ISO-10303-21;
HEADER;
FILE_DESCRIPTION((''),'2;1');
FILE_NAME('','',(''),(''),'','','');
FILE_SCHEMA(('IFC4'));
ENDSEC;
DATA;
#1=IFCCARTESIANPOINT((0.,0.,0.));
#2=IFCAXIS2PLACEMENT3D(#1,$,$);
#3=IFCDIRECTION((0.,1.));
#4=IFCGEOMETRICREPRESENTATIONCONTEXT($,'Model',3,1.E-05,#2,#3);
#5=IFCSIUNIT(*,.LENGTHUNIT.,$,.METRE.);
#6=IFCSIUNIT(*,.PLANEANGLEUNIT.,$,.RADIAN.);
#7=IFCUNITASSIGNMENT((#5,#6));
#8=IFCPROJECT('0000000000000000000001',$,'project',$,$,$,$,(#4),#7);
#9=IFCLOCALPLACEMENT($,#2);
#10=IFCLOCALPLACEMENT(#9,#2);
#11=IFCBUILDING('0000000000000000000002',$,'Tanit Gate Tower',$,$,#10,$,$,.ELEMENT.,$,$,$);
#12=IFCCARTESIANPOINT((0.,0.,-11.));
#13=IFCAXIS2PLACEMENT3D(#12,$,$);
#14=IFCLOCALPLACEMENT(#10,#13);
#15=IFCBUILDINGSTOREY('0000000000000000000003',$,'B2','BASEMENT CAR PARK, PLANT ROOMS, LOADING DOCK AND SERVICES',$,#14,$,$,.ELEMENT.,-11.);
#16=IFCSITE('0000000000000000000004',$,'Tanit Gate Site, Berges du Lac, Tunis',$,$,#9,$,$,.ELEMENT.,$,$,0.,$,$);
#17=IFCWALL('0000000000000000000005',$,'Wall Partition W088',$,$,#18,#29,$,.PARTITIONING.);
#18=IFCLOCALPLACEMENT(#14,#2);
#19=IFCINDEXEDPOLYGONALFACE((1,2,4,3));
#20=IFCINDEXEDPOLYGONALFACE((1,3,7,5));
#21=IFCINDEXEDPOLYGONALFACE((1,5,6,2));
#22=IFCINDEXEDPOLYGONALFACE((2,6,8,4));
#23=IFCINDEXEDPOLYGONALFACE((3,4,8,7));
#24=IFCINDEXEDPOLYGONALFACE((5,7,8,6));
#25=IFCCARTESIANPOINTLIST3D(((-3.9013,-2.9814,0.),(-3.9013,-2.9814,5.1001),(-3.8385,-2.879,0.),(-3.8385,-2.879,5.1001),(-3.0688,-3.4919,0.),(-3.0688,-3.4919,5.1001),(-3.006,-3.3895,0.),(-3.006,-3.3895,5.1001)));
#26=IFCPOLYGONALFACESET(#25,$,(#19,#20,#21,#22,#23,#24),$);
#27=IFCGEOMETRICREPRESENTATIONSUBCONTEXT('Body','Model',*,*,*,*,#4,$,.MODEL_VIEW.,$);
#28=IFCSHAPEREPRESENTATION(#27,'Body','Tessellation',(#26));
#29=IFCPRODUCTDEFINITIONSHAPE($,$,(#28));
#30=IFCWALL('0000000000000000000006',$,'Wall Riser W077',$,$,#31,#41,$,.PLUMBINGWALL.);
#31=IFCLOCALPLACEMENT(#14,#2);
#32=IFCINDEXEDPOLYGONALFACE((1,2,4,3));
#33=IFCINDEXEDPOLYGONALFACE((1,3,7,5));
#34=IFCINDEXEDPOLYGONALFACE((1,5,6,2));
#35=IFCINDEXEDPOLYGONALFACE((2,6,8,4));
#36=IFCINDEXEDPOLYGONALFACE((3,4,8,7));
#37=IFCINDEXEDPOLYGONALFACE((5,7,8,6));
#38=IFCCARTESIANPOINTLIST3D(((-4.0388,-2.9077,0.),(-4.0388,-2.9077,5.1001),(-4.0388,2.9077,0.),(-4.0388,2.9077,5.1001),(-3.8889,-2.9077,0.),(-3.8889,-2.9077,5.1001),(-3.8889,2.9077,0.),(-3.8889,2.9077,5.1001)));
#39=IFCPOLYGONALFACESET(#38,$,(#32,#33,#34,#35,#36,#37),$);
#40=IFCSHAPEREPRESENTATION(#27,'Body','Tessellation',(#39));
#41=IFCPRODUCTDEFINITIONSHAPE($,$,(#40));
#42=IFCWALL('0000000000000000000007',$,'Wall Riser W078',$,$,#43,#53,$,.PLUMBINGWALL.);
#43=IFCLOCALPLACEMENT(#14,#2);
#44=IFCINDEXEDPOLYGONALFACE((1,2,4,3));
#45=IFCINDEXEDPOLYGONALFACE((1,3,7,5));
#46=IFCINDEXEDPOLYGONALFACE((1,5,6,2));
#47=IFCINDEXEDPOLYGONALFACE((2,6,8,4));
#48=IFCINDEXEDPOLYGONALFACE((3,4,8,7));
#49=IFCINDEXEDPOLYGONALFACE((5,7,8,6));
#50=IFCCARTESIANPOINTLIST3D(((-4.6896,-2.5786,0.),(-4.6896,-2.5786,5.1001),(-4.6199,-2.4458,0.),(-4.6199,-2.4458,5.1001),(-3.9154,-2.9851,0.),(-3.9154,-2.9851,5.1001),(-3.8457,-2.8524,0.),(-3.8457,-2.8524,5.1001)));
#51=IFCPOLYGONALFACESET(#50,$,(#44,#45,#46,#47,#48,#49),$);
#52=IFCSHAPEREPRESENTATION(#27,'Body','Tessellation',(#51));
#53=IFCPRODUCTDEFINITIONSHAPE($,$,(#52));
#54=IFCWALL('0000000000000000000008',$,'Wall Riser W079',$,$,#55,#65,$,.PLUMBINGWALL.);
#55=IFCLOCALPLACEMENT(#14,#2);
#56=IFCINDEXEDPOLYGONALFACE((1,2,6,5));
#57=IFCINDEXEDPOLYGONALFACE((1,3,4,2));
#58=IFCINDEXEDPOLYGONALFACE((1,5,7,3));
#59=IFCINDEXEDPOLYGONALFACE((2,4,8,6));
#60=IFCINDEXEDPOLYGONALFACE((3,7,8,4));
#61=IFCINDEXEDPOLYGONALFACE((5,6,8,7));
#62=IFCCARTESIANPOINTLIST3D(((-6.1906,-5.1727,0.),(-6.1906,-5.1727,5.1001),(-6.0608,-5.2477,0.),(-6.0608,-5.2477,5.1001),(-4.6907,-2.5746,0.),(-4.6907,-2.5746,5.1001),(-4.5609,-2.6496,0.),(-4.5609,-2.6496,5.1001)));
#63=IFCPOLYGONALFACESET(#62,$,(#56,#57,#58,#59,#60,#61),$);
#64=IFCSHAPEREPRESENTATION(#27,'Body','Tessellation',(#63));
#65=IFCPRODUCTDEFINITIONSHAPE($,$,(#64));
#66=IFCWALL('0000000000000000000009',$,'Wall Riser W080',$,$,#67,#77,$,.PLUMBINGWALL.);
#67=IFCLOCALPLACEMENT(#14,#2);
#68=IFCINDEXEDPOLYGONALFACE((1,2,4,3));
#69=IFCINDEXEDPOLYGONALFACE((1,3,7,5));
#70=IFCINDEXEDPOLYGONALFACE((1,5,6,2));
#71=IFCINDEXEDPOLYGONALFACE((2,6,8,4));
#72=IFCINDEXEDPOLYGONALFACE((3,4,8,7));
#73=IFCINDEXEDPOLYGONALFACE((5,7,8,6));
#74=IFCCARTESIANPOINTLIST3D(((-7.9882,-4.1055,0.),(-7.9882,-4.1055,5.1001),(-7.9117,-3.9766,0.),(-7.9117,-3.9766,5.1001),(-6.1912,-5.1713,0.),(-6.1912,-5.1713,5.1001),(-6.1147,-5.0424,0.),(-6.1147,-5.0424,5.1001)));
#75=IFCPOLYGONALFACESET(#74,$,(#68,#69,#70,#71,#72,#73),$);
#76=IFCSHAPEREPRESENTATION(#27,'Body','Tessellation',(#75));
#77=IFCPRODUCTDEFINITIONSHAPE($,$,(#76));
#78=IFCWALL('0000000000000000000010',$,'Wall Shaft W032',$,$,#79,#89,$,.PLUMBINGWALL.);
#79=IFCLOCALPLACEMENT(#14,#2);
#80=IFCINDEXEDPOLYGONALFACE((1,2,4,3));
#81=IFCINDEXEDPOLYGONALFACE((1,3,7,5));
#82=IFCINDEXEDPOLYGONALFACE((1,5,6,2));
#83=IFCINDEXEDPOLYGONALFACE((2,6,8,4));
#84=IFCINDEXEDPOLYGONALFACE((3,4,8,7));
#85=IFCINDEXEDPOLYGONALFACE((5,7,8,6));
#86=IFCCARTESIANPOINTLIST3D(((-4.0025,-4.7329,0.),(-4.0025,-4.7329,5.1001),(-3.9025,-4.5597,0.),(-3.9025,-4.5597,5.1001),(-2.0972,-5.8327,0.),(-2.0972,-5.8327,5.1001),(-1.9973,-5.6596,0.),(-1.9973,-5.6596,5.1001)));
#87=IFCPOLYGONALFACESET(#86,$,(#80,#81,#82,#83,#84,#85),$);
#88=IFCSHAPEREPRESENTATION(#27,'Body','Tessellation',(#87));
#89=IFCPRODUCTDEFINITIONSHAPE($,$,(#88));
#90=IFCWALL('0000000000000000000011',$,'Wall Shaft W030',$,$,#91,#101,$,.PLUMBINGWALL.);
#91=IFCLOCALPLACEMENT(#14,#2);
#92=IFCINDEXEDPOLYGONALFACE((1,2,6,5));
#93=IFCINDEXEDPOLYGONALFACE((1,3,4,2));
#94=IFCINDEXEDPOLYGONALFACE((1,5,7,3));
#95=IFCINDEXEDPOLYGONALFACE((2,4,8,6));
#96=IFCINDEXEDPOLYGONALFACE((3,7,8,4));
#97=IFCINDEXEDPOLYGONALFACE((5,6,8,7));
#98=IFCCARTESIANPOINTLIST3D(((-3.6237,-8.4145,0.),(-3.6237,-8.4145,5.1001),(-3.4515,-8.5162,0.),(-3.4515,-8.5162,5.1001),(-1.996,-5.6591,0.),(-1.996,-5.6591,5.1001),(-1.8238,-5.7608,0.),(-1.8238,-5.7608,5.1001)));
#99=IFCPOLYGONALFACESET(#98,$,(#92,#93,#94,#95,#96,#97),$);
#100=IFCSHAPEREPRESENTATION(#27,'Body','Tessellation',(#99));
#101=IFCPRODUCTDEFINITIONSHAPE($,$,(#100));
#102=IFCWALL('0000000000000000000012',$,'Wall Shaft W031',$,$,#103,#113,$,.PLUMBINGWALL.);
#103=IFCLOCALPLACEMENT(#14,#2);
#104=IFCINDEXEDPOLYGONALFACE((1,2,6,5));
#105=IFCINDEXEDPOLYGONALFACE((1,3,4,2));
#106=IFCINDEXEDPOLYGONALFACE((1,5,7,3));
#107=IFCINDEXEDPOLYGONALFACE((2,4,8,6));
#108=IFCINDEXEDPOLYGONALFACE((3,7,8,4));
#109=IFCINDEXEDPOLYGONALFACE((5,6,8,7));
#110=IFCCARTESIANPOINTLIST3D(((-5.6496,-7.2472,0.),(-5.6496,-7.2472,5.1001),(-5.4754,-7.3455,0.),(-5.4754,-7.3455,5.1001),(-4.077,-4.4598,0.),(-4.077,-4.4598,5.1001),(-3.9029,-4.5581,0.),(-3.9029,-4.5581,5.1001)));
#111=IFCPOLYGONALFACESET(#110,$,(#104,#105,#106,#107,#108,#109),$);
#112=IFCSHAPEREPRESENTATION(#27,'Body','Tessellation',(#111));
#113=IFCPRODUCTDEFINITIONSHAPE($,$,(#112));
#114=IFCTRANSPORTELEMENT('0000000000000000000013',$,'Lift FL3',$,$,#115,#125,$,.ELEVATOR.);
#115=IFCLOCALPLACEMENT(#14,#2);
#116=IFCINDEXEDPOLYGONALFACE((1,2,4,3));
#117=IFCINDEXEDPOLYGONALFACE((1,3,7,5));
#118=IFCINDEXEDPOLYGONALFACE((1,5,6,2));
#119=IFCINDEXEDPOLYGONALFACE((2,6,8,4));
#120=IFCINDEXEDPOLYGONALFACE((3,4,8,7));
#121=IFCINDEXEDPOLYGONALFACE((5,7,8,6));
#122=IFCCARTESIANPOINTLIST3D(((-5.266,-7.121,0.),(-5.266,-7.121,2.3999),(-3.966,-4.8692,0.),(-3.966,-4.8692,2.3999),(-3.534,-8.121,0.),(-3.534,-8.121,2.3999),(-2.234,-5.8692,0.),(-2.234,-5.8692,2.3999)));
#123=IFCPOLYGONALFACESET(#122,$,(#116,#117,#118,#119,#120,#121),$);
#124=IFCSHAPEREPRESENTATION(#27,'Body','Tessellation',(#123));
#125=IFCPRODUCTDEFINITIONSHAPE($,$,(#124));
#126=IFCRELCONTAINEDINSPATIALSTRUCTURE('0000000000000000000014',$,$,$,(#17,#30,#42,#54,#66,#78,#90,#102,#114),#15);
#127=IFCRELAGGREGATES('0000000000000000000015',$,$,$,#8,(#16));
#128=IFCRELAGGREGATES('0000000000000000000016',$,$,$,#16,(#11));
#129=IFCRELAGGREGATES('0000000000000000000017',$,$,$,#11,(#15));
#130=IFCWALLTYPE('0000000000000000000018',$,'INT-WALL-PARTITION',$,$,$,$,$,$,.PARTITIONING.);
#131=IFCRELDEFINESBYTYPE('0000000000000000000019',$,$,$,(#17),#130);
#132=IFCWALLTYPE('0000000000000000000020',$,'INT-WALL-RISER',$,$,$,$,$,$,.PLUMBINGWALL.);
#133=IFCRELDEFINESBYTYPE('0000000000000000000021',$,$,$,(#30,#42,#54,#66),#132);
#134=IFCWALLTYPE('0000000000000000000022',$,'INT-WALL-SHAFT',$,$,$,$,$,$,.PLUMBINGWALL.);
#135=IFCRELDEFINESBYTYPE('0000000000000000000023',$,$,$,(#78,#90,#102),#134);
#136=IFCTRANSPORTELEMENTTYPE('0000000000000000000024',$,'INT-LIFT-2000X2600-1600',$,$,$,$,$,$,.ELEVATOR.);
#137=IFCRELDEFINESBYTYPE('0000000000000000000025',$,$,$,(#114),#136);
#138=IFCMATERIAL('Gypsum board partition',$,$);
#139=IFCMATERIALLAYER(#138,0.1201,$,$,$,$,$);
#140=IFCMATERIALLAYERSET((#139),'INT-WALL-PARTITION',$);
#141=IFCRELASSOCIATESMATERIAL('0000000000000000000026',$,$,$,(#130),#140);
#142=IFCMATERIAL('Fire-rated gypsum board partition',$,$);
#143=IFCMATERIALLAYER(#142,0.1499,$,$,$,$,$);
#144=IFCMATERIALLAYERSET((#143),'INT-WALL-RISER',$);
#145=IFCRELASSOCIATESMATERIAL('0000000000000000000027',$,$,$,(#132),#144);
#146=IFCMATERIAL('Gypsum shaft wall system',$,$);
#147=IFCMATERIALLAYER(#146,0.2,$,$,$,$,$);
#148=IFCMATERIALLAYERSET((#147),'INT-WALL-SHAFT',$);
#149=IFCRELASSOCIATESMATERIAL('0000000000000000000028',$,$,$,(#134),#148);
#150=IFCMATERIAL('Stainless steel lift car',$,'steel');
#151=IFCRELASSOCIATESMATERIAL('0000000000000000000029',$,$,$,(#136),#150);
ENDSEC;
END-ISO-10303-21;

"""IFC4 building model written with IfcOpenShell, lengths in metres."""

from ifc_helpers import new_model, si_unit, direction, frame, frame_2d, origin, origin_2d, place, context, subcontext, project, spatial, rectangle, extrude, material, layer, layer_set, type_object, element, save


model = new_model("IFC4")

# Units and contexts
model_context = context("Model", 3, precision=1e-05, world=origin(), true_north=direction((0.0, 1.0)))
body_context = subcontext(model_context, "Body", "Model", "MODEL_VIEW")
ifc_project = project(units=[si_unit("LENGTHUNIT", "METRE"), si_unit("PLANEANGLEUNIT", "RADIAN")], contexts=[model_context])

# Site, building, storey
site_placement = place(None, origin())
site = spatial("IfcSite", under=ifc_project, at=site_placement, Name="Tanit Gate Site, Berges du Lac, Tunis", CompositionType="ELEMENT", RefElevation=0.0)
building_placement = place(site_placement, origin())
building = spatial("IfcBuilding", under=site, at=building_placement, Name="Tanit Gate Tower", CompositionType="ELEMENT")
storey_placement = place(building_placement, frame((0.0, 0.0, -11.0)))
storey = spatial("IfcBuildingStorey", under=building, at=storey_placement, Name="B2", Description="BASEMENT CAR PARK, PLANT ROOMS, LOADING DOCK AND SERVICES", CompositionType="ELEMENT", Elevation=-11.0)

# Shared definitions
ifc_material_1 = material(Name="Gypsum board partition")
ifc_layer_1 = layer(ifc_material_1, 0.1201)
ifc_layer_set_1 = layer_set([ifc_layer_1], Name="INT-WALL-PARTITION")
wall_type_1 = type_object("IfcWallType", Name="INT-WALL-PARTITION", PredefinedType="PARTITIONING", material=ifc_layer_set_1)

# Walls
wall_1_placement = place(storey_placement, frame((-3.8699, -2.9302, 0.0), z_axis=(0.0, 0.0, 1.0), x_axis=(0.85249, -0.522744, 0.0)))
element("IfcWall", 1, at=wall_1_placement, inside=storey, type_object=wall_type_1, Name="Wall Partition W088", PredefinedType="PARTITIONING", context=body_context, shape_type="SweptSolid", body=[
    extrude(rectangle(XDim=0.9766, YDim=0.1201, at=frame_2d((0.4883, 0.0))), origin(), (0.0, 0.0, 1.0), 5.1001),
])
ifc_material_2 = material(Name="Fire-rated gypsum board partition")
ifc_layer_2 = layer(ifc_material_2, 0.1499)
ifc_layer_set_2 = layer_set([ifc_layer_2], Name="INT-WALL-RISER")
wall_type_2 = type_object("IfcWallType", Name="INT-WALL-RISER", PredefinedType="PLUMBINGWALL", material=ifc_layer_set_2)
wall_2_placement = place(storey_placement, frame((-3.9639, -2.9077, 0.0), z_axis=(0.0, 0.0, 1.0), x_axis=(0.0, 1.0, 0.0)))
element("IfcWall", 2, at=wall_2_placement, inside=storey, type_object=wall_type_2, Name="Wall Riser W077", PredefinedType="PLUMBINGWALL", context=body_context, shape_type="SweptSolid", body=[
    extrude(rectangle(XDim=5.8154, YDim=0.1499, at=frame_2d((2.9077, 0.0))), origin(), (0.0, 0.0, 1.0), 5.1001),
])
wall_3_placement = place(storey_placement, frame((-4.6548, -2.5122, 0.0), z_axis=(0.0, 0.0, 1.0), x_axis=(0.885372, -0.464883, 0.0)))
element("IfcWall", 3, at=wall_3_placement, inside=storey, type_object=wall_type_2, Name="Wall Riser W078", PredefinedType="PLUMBINGWALL", context=body_context, shape_type="SweptSolid", body=[
    extrude(rectangle(XDim=0.8745, YDim=0.1499, at=frame_2d((0.4373, 0.0))), origin(), (0.0, 0.0, 1.0), 5.1001),
])
wall_4_placement = place(storey_placement, frame((-6.1257, -5.2102, 0.0), z_axis=(0.0, 0.0, 1.0), x_axis=(0.49999, 0.866031, 0.0)))
element("IfcWall", 4, at=wall_4_placement, inside=storey, type_object=wall_type_2, Name="Wall Riser W079", PredefinedType="PLUMBINGWALL", context=body_context, shape_type="SweptSolid", body=[
    extrude(rectangle(XDim=3.0, YDim=0.1499, at=frame_2d((1.5, 0.0))), origin(), (0.0, 0.0, 1.0), 5.1001),
])
wall_5_placement = place(storey_placement, frame((-7.95, -4.041, 0.0), z_axis=(0.0, 0.0, 1.0), x_axis=(0.86009, -0.510142, 0.0)))
element("IfcWall", 5, at=wall_5_placement, inside=storey, type_object=wall_type_2, Name="Wall Riser W080", PredefinedType="PLUMBINGWALL", context=body_context, shape_type="SweptSolid", body=[
    extrude(rectangle(XDim=2.0894, YDim=0.1499, at=frame_2d((1.0447, 0.0))), origin(), (0.0, 0.0, 1.0), 5.1001),
])

# Shared definitions
ifc_material_3 = material(Name="Gypsum shaft wall system")
ifc_layer_3 = layer(ifc_material_3, 0.2)
ifc_layer_set_3 = layer_set([ifc_layer_3], Name="INT-WALL-SHAFT")
wall_type_3 = type_object("IfcWallType", Name="INT-WALL-SHAFT", PredefinedType="PLUMBINGWALL", material=ifc_layer_set_3)

# Walls
wall_6_placement = place(storey_placement, frame((-3.9526, -4.6462, 0.0), z_axis=(0.0, 0.0, 1.0), x_axis=(0.866056, -0.499947, 0.0)))
element("IfcWall", 6, at=wall_6_placement, inside=storey, type_object=wall_type_3, Name="Wall Shaft W032", PredefinedType="PLUMBINGWALL", context=body_context, shape_type="SweptSolid", body=[
    extrude(rectangle(XDim=2.2, YDim=0.2, at=frame_2d((1.1001, 0.0))), origin(), (0.0, 0.0, 1.0), 5.1001),
])
wall_7_placement = place(storey_placement, frame((-1.9099, -5.71, 0.0), z_axis=(0.0, 0.0, 1.0), x_axis=(-0.508616, -0.860993, 0.0)))
element("IfcWall", 7, at=wall_7_placement, inside=storey, type_object=wall_type_3, Name="Wall Shaft W030", PredefinedType="PLUMBINGWALL", context=body_context, shape_type="SweptSolid", body=[
    extrude(rectangle(XDim=3.2002, YDim=0.2, at=frame_2d((1.6001, 0.0))), origin(), (0.0, 0.0, 1.0), 5.1001),
])
wall_8_placement = place(storey_placement, frame((-3.99, -4.509, 0.0), z_axis=(0.0, 0.0, 1.0), x_axis=(-0.491358, -0.870958, 0.0)))
element("IfcWall", 8, at=wall_8_placement, inside=storey, type_object=wall_type_3, Name="Wall Shaft W031", PredefinedType="PLUMBINGWALL", context=body_context, shape_type="SweptSolid", body=[
    extrude(rectangle(XDim=3.2004, YDim=0.2, at=frame_2d((1.6001, 0.0))), origin(), (0.0, 0.0, 1.0), 5.1001),
])

# Transport element
ifc_material_4 = material(Name="Stainless steel lift car", Category="steel")
transport_element_type = type_object("IfcTransportElementType", Name="INT-LIFT-2000X2600-1600", PredefinedType="ELEVATOR", material=ifc_material_4)
transport_element_placement = place(storey_placement, frame((-3.75, -6.4951, 0.0), z_axis=(0.0, 0.0, 1.0), x_axis=(0.866025, -0.5, 0.0)))
element("IfcTransportElement", 9, at=transport_element_placement, inside=storey, type_object=transport_element_type, Name="Lift FL3", PredefinedType="ELEVATOR", context=body_context, shape_type="SweptSolid", body=[
    extrude(rectangle(XDim=2.0, YDim=2.6001, at=origin_2d()), origin(), (0.0, 0.0, 1.0), 2.3999),
])

save(model, "model.ifc")
